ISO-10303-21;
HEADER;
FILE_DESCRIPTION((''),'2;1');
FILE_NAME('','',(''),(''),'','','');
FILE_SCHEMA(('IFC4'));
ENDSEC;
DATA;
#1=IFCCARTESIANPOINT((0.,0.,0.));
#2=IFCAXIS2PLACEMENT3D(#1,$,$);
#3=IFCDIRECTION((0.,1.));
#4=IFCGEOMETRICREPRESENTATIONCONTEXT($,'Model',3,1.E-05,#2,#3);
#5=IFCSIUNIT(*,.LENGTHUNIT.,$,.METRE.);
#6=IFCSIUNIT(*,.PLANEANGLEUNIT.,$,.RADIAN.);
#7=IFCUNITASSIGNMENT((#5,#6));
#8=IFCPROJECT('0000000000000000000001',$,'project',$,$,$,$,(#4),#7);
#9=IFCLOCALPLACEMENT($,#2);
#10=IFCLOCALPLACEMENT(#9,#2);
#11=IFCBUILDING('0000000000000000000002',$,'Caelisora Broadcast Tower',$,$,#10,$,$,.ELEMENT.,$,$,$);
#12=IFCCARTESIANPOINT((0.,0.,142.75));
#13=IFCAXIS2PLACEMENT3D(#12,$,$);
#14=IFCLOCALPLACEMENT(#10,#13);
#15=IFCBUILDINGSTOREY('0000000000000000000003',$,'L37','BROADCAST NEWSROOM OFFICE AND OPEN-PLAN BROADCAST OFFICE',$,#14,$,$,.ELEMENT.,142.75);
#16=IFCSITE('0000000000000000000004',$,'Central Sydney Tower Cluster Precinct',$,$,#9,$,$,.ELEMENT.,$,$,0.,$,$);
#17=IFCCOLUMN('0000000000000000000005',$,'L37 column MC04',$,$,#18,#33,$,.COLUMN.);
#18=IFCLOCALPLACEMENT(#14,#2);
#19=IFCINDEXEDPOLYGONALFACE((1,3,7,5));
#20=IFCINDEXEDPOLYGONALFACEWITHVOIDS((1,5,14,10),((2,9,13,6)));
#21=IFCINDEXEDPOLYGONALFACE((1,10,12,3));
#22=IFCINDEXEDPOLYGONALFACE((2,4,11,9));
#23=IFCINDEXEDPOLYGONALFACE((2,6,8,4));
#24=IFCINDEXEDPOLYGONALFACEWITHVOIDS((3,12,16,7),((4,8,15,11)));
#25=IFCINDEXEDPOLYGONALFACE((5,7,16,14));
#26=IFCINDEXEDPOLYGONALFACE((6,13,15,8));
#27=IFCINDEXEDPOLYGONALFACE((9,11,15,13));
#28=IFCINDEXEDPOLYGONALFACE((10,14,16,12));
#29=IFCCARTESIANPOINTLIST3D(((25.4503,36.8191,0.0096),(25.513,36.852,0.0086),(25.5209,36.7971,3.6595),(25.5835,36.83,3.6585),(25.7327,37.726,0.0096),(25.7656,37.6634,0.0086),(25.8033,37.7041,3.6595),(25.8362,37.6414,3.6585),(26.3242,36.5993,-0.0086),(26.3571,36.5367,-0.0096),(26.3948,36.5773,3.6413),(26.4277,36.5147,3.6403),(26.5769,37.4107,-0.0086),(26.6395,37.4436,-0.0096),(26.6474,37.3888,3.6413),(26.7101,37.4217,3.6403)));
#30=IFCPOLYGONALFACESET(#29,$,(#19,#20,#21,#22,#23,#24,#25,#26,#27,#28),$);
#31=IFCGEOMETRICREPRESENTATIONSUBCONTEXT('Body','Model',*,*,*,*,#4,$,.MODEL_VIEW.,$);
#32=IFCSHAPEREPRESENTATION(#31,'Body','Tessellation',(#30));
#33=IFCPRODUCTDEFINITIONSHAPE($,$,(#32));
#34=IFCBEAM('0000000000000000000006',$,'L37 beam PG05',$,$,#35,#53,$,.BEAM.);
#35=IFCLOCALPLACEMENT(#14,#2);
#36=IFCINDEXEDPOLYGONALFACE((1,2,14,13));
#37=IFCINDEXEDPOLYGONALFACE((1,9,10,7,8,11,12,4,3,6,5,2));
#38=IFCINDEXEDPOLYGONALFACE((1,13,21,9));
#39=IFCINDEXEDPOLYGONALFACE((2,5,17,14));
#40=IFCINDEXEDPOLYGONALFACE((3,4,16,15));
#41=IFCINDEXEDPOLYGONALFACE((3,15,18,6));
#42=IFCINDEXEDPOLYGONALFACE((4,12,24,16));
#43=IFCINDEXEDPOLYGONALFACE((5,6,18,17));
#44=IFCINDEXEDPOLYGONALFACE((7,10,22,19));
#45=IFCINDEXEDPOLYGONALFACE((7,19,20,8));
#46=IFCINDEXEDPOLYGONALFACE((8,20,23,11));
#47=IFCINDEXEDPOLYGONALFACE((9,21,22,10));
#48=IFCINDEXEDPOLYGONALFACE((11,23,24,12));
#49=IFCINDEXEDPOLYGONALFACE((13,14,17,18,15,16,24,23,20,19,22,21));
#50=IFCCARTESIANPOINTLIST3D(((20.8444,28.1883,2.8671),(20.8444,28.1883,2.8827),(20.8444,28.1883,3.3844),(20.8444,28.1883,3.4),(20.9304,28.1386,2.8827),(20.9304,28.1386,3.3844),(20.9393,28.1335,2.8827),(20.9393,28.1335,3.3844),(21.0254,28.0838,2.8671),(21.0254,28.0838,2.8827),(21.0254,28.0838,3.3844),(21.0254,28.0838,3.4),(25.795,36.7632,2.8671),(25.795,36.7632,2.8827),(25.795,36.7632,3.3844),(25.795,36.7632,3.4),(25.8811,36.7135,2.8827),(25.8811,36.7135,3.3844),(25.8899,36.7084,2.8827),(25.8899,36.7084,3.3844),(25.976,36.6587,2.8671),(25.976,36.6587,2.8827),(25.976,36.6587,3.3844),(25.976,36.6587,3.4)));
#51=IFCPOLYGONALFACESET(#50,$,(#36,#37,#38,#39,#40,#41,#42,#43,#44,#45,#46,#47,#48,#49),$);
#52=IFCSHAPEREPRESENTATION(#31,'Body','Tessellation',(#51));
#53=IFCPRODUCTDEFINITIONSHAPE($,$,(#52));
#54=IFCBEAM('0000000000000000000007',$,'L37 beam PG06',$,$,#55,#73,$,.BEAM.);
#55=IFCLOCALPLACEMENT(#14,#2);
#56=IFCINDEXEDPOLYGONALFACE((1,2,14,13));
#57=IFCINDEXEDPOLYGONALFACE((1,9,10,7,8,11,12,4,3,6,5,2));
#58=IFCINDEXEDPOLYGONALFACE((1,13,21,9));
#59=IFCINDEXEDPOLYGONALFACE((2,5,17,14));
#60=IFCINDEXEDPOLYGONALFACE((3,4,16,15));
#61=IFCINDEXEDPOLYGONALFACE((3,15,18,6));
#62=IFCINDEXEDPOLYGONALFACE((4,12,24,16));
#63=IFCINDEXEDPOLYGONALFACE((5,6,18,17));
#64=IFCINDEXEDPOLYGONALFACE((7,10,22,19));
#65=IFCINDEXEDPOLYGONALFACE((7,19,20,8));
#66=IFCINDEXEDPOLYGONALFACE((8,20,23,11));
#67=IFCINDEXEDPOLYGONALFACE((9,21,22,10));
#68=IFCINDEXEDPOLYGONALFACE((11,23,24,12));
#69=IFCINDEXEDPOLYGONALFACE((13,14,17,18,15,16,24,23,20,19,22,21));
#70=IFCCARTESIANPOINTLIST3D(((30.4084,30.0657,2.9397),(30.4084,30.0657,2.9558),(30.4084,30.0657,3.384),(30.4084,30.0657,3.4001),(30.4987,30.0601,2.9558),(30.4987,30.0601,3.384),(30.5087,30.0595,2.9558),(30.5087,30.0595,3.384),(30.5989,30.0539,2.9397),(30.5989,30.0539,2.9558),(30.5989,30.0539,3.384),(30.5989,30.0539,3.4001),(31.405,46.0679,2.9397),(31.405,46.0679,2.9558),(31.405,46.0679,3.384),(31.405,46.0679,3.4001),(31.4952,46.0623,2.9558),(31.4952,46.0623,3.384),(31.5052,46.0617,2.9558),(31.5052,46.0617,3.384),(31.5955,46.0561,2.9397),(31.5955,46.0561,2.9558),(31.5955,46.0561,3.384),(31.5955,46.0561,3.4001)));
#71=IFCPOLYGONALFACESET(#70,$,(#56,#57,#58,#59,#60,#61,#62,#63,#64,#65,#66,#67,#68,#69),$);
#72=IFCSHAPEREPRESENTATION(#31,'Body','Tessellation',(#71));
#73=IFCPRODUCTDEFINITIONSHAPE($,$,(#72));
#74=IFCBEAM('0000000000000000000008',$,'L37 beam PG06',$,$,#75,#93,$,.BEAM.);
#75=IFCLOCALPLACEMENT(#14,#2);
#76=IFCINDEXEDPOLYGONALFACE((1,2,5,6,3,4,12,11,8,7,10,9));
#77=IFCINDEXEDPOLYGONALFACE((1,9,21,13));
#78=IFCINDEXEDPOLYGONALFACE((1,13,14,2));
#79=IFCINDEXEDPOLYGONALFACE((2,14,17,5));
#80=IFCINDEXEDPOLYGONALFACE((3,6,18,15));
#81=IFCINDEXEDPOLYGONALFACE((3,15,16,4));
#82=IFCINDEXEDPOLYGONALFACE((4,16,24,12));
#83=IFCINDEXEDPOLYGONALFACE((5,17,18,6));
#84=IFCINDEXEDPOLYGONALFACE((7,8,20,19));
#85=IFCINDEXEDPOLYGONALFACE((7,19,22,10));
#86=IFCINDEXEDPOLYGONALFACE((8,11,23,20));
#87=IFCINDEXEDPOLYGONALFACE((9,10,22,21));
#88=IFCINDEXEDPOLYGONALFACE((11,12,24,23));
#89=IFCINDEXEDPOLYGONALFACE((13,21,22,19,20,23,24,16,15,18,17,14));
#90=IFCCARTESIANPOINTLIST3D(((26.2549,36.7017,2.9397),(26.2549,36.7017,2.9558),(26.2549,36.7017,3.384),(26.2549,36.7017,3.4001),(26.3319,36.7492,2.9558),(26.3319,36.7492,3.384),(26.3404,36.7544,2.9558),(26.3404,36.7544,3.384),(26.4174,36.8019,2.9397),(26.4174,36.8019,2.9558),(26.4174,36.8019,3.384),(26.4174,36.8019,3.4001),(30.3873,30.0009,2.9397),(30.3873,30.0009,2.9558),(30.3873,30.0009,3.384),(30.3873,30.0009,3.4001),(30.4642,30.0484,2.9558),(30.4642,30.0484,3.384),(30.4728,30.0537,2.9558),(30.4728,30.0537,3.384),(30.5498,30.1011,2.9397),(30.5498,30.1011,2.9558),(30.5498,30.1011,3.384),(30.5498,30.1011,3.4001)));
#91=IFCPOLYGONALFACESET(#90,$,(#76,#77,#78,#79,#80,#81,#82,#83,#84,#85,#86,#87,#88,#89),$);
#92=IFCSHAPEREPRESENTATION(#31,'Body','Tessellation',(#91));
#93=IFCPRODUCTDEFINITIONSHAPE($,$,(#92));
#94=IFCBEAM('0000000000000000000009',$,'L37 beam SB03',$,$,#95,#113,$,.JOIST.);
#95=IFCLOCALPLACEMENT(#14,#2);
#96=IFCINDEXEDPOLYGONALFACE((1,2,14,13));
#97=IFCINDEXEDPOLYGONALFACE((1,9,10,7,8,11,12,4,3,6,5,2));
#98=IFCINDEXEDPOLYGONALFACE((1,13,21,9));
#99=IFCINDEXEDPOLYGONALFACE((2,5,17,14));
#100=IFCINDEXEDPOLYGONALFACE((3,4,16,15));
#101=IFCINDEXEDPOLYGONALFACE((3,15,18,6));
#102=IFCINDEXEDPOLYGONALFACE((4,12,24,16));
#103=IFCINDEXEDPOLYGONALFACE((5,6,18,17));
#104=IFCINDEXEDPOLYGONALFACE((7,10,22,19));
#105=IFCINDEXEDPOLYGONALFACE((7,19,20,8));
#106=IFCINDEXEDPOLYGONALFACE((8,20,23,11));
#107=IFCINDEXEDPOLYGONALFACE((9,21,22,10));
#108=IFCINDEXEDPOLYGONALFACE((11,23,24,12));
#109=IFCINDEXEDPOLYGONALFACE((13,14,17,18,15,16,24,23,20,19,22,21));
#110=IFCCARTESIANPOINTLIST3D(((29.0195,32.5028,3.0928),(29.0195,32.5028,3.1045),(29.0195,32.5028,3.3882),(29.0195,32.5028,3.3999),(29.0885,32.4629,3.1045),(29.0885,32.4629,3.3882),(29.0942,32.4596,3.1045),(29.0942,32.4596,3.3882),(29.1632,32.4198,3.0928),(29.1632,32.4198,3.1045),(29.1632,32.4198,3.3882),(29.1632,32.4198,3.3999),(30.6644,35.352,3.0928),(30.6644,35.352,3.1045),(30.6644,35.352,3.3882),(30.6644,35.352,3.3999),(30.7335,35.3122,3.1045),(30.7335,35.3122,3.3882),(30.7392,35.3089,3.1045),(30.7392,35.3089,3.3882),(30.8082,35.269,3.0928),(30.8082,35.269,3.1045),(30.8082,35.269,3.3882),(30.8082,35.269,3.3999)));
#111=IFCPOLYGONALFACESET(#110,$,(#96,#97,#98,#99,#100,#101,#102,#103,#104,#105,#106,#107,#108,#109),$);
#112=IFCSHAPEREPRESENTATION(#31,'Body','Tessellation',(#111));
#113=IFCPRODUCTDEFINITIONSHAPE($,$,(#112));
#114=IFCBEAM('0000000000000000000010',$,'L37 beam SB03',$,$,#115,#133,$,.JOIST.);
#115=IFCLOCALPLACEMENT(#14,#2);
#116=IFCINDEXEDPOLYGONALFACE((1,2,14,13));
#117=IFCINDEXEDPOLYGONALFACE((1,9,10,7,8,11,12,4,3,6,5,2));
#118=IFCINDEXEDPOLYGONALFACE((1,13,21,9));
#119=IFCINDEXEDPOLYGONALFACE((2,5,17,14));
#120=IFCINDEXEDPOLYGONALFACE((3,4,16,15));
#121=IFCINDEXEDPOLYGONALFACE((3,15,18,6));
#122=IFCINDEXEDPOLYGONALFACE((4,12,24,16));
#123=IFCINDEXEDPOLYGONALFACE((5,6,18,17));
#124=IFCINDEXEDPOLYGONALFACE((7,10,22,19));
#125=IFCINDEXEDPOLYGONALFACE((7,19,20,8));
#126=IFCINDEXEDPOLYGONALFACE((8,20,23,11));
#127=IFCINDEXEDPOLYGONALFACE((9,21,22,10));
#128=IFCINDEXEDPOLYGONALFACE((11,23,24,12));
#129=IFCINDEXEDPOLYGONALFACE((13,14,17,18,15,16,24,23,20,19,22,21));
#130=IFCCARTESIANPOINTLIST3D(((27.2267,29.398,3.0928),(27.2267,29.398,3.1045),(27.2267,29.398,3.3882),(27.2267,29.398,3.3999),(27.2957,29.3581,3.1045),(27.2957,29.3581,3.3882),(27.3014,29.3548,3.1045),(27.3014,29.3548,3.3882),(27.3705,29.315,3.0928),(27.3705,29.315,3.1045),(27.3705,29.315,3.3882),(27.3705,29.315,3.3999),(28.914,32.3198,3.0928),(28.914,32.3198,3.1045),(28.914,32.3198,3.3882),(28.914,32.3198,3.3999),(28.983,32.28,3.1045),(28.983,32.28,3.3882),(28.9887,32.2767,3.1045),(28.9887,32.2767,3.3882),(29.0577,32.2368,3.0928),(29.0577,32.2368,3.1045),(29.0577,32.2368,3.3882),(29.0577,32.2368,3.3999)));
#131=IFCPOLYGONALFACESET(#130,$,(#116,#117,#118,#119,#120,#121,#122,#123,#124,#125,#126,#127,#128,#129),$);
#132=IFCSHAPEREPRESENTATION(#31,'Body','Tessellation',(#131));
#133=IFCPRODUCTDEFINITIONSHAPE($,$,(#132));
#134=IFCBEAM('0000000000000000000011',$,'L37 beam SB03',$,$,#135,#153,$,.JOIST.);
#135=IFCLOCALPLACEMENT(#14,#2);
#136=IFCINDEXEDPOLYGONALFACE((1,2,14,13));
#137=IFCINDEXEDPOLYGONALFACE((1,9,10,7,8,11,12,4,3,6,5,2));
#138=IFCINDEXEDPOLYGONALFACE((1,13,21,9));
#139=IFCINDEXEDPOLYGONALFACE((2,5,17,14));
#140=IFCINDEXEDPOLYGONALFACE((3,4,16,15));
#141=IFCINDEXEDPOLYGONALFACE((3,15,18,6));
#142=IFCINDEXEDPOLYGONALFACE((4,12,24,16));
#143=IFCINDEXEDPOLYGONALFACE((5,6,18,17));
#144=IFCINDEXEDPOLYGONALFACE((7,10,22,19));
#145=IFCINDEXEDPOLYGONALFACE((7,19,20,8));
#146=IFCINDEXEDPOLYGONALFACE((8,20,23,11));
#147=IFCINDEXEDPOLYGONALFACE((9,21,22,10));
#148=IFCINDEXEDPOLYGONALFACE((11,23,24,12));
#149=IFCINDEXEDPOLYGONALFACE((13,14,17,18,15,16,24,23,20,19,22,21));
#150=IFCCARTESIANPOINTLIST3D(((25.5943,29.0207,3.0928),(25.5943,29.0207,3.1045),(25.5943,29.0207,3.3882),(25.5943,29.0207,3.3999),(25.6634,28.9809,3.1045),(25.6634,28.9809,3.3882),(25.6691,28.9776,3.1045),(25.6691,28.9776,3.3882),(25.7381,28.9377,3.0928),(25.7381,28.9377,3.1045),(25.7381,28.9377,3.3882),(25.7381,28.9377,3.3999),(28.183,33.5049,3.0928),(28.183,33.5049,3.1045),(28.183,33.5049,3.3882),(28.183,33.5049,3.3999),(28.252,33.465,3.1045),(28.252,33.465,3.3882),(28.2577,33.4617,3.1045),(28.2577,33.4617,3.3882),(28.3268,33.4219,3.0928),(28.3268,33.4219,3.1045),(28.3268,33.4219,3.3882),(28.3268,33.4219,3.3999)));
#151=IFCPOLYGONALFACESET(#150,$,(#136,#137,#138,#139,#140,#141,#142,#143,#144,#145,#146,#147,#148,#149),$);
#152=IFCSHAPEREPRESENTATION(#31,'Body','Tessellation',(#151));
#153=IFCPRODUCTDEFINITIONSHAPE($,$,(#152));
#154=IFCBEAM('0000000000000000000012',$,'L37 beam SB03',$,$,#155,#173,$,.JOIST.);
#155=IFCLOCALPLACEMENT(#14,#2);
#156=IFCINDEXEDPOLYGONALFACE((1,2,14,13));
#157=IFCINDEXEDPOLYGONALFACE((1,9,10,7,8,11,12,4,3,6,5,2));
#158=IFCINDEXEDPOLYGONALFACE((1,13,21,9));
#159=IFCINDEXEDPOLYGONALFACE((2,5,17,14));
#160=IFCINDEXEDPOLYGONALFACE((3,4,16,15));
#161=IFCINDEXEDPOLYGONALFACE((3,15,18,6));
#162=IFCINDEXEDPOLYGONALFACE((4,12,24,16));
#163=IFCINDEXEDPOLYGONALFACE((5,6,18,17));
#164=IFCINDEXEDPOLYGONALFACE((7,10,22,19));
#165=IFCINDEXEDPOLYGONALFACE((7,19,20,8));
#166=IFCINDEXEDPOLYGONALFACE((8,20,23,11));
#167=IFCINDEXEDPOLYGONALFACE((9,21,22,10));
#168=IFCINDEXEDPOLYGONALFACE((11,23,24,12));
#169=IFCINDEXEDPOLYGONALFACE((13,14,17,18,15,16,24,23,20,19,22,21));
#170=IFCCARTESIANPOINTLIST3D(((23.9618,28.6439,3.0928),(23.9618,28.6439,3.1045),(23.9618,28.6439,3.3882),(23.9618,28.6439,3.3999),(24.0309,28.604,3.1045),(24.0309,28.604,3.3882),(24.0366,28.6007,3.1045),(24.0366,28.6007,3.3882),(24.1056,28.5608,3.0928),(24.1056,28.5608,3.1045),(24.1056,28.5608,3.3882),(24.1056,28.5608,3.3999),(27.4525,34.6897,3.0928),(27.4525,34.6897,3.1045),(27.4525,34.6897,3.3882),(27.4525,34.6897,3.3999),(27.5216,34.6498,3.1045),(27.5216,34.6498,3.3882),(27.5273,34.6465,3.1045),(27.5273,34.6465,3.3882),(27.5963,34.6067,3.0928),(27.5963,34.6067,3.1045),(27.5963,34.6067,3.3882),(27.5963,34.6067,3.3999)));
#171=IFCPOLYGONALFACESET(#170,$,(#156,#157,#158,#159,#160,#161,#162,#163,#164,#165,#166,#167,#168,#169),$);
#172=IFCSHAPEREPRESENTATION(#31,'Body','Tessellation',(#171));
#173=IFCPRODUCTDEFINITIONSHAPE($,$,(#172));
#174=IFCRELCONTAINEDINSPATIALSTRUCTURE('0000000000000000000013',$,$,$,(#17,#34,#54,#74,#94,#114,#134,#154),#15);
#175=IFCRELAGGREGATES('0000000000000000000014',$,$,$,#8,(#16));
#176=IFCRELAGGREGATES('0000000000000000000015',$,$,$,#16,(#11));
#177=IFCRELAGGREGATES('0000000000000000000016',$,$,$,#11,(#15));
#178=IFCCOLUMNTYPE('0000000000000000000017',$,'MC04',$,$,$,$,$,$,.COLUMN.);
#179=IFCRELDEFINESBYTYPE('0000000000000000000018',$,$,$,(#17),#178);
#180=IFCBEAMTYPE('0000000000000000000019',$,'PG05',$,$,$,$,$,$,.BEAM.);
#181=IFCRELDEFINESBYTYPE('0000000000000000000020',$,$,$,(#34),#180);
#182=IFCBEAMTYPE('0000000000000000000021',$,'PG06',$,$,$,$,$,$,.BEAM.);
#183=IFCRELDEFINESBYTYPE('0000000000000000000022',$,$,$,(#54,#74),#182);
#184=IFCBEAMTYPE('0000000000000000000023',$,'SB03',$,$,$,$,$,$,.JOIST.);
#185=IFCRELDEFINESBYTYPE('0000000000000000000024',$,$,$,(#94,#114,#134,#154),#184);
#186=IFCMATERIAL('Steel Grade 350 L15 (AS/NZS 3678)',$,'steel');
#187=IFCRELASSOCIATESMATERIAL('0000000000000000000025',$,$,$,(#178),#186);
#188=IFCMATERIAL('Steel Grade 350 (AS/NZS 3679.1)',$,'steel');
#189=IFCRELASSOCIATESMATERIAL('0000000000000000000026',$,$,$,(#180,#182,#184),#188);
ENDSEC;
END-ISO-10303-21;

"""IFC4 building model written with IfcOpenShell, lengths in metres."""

from ifc_helpers import new_model, si_unit, direction, frame, origin, origin_2d, place, context, subcontext, project, spatial, hollow_rectangle, i_section, extrude, source, transform, mapped, material, material_profile, profile_set, type_object, type_shapes, element, save


model = new_model("IFC4")

# Units and contexts
model_context = context("Model", 3, precision=1e-05, world=origin(), true_north=direction((0.0, 1.0)))
body_context = subcontext(model_context, "Body", "Model", "MODEL_VIEW")
ifc_project = project(units=[si_unit("LENGTHUNIT", "METRE"), si_unit("PLANEANGLEUNIT", "RADIAN")], contexts=[model_context])

# Site, building, storey
site_placement = place(None, origin())
site = spatial("IfcSite", under=ifc_project, at=site_placement, Name="Central Sydney Tower Cluster Precinct", CompositionType="ELEMENT", RefElevation=0.0)
building_placement = place(site_placement, origin())
building = spatial("IfcBuilding", under=site, at=building_placement, Name="Caelisora Broadcast Tower", CompositionType="ELEMENT")
storey_placement = place(building_placement, frame((0.0, 0.0, 142.75)))
storey = spatial("IfcBuildingStorey", under=building, at=storey_placement, Name="L37", Description="BROADCAST NEWSROOM OFFICE AND OPEN-PLAN BROADCAST OFFICE", CompositionType="ELEMENT", Elevation=142.75)

# Column
ifc_material_1 = material(Name="Steel Grade 350 L15 (AS/NZS 3678)", Category="steel")
ifc_material_profile_1 = material_profile(ifc_material_1, hollow_rectangle(XDim=0.95, YDim=0.95, WallThickness=0.05, at=origin_2d()), Name="Steel Grade 350 L15 (AS/NZS 3678)")
ifc_profile_set_1 = profile_set([ifc_material_profile_1], Name="Steel Grade 350 L15 (AS/NZS 3678)")
column_type = type_object("IfcColumnType", Name="MC04", PredefinedType="COLUMN", material=ifc_profile_set_1)
shared_shape_1 = source(origin(), body_context, "Body", "SweptSolid", [
    extrude(hollow_rectangle(XDim=0.95, YDim=0.95, WallThickness=0.05, at=origin_2d()), origin(), (0.0, 0.0, 1.0), 3.6506),
])
type_shapes(column_type, [shared_shape_1])
column_placement = place(storey_placement, frame((26.0449, 37.1313, 0.0), z_axis=(0.019327, -0.006019, 0.999795), x_axis=(0.297334, 0.954773, 0.0)))
element("IfcColumn", 1, at=column_placement, inside=storey, type_object=column_type, Name="L37 column MC04", PredefinedType="COLUMN", context=body_context, shape_type="MappedRepresentation", body=[
    mapped(shared_shape_1, transform((0.0, 0.0, 0.0), scale=1.0)),
])

# Beams
ifc_material_2 = material(Name="Steel Grade 350 (AS/NZS 3679.1)", Category="steel")
ifc_material_profile_2 = material_profile(ifc_material_2, i_section(OverallWidth=0.209, OverallDepth=0.533, WebThickness=0.0103, FlangeThickness=0.0156, at=origin_2d()), Name="Steel Grade 350 (AS/NZS 3679.1)")
ifc_profile_set_2 = profile_set([ifc_material_profile_2], Name="Steel Grade 350 (AS/NZS 3679.1)")
beam_type_1 = type_object("IfcBeamType", Name="PG05", PredefinedType="BEAM", material=ifc_profile_set_2)
shared_shape_2 = source(origin(), body_context, "Body", "SweptSolid", [
    extrude(i_section(OverallWidth=0.209, OverallDepth=0.533, WebThickness=0.0103, FlangeThickness=0.0156, at=origin_2d()), origin(), (0.0, 0.0, 1.0), 9.9014),
])
type_shapes(beam_type_1, [shared_shape_2])
beam_1_placement = place(storey_placement, frame((25.8855, 36.7109, 3.1335), z_axis=(-0.499995, -0.866028, 0.0), x_axis=(0.866028, -0.499995, 0.0)))
element("IfcBeam", 2, at=beam_1_placement, inside=storey, type_object=beam_type_1, Name="L37 beam PG05", PredefinedType="BEAM", context=body_context, shape_type="MappedRepresentation", body=[
    mapped(shared_shape_2, transform((0.0, 0.0, 0.0), scale=1.0)),
])
ifc_material_profile_3 = material_profile(ifc_material_2, i_section(OverallWidth=0.1909, OverallDepth=0.4604, WebThickness=0.01, FlangeThickness=0.0161, at=origin_2d()), Name="Steel Grade 350 (AS/NZS 3679.1)")
ifc_profile_set_3 = profile_set([ifc_material_profile_3], Name="Steel Grade 350 (AS/NZS 3679.1)")
beam_type_2 = type_object("IfcBeamType", Name="PG06", PredefinedType="BEAM", material=ifc_profile_set_3)
shared_shape_3 = source(origin(), body_context, "Body", "SweptSolid", [
    extrude(i_section(OverallWidth=0.1909, OverallDepth=0.4604, WebThickness=0.01, FlangeThickness=0.0161, at=origin_2d()), origin(), (0.0, 0.0, 1.0), 16.0332),
])
beam_2_placement = place(storey_placement, frame((30.5037, 30.0598, 3.1699), z_axis=(0.062157, 0.998066, 0.0), x_axis=(-0.998066, 0.062157, 0.0)))
element("IfcBeam", 3, at=beam_2_placement, inside=storey, type_object=beam_type_2, Name="L37 beam PG06", PredefinedType="BEAM", context=body_context, shape_type="MappedRepresentation", body=[
    mapped(shared_shape_3, transform((0.0, 0.0, 0.0), scale=1.0)),
])
shared_shape_4 = source(origin(), body_context, "Body", "SweptSolid", [
    extrude(i_section(OverallWidth=0.1909, OverallDepth=0.4604, WebThickness=0.01, FlangeThickness=0.0161, at=origin_2d()), origin(), (0.0, 0.0, 1.0), 7.8726),
])
type_shapes(beam_type_2, [shared_shape_3, shared_shape_4])
beam_3_placement = place(storey_placement, frame((30.4685, 30.051, 3.1699), z_axis=(-0.52491, 0.851157, 0.0), x_axis=(-0.851157, -0.52491, 0.0)))
element("IfcBeam", 4, at=beam_3_placement, inside=storey, type_object=beam_type_2, Name="L37 beam PG06", PredefinedType="BEAM", context=body_context, shape_type="MappedRepresentation", body=[
    mapped(shared_shape_4, transform((0.0, 0.0, 0.0), scale=1.0)),
])
ifc_material_profile_4 = material_profile(ifc_material_2, i_section(OverallWidth=0.166, OverallDepth=0.3071, WebThickness=0.0066, FlangeThickness=0.0117, at=origin_2d()), Name="Steel Grade 350 (AS/NZS 3679.1)")
ifc_profile_set_4 = profile_set([ifc_material_profile_4], Name="Steel Grade 350 (AS/NZS 3679.1)")
beam_type_3 = type_object("IfcBeamType", Name="SB03", PredefinedType="JOIST", material=ifc_profile_set_4)
shared_shape_5 = source(origin(), body_context, "Body", "SweptSolid", [
    extrude(i_section(OverallWidth=0.166, OverallDepth=0.3071, WebThickness=0.0066, FlangeThickness=0.0117, at=origin_2d()), origin(), (0.0, 0.0, 1.0), 3.29),
])
beam_4_placement = place(storey_placement, frame((30.7363, 35.3105, 3.2463), z_axis=(-0.499986, -0.866034, 0.0), x_axis=(0.866034, -0.499986, 0.0)))
element("IfcBeam", 5, at=beam_4_placement, inside=storey, type_object=beam_type_3, Name="L37 beam SB03", PredefinedType="JOIST", context=body_context, shape_type="MappedRepresentation", body=[
    mapped(shared_shape_5, transform((0.0, 0.0, 0.0), scale=1.0)),
])
shared_shape_6 = source(origin(), body_context, "Body", "SweptSolid", [
    extrude(i_section(OverallWidth=0.166, OverallDepth=0.3071, WebThickness=0.0066, FlangeThickness=0.0117, at=origin_2d()), origin(), (0.0, 0.0, 1.0), 3.374),
])
beam_5_placement = place(storey_placement, frame((28.9858, 32.2783, 3.2463), z_axis=(-0.500069, -0.865986, 0.0), x_axis=(0.865986, -0.500069, 0.0)))
element("IfcBeam", 6, at=beam_5_placement, inside=storey, type_object=beam_type_3, Name="L37 beam SB03", PredefinedType="JOIST", context=body_context, shape_type="MappedRepresentation", body=[
    mapped(shared_shape_6, transform((0.0, 0.0, 0.0), scale=1.0)),
])
shared_shape_7 = source(origin(), body_context, "Body", "SweptSolid", [
    extrude(i_section(OverallWidth=0.166, OverallDepth=0.3071, WebThickness=0.0066, FlangeThickness=0.0117, at=origin_2d()), origin(), (0.0, 0.0, 1.0), 5.1777),
])
beam_6_placement = place(storey_placement, frame((28.2549, 33.4634, 3.2463), z_axis=(-0.499958, -0.86605, 0.0), x_axis=(0.86605, -0.499958, 0.0)))
element("IfcBeam", 7, at=beam_6_placement, inside=storey, type_object=beam_type_3, Name="L37 beam SB03", PredefinedType="JOIST", context=body_context, shape_type="MappedRepresentation", body=[
    mapped(shared_shape_7, transform((0.0, 0.0, 0.0), scale=1.0)),
])
shared_shape_8 = source(origin(), body_context, "Body", "SweptSolid", [
    extrude(i_section(OverallWidth=0.166, OverallDepth=0.3071, WebThickness=0.0066, FlangeThickness=0.0117, at=origin_2d()), origin(), (0.0, 0.0, 1.0), 6.9812),
])
beam_7_placement = place(storey_placement, frame((27.5244, 34.6482, 3.2463), z_axis=(-0.500013, -0.866018, 0.0), x_axis=(0.866018, -0.500013, 0.0)))
element("IfcBeam", 8, at=beam_7_placement, inside=storey, type_object=beam_type_3, Name="L37 beam SB03", PredefinedType="JOIST", context=body_context, shape_type="MappedRepresentation", body=[
    mapped(shared_shape_8, transform((0.0, 0.0, 0.0), scale=1.0)),
])

save(model, "model.ifc")
